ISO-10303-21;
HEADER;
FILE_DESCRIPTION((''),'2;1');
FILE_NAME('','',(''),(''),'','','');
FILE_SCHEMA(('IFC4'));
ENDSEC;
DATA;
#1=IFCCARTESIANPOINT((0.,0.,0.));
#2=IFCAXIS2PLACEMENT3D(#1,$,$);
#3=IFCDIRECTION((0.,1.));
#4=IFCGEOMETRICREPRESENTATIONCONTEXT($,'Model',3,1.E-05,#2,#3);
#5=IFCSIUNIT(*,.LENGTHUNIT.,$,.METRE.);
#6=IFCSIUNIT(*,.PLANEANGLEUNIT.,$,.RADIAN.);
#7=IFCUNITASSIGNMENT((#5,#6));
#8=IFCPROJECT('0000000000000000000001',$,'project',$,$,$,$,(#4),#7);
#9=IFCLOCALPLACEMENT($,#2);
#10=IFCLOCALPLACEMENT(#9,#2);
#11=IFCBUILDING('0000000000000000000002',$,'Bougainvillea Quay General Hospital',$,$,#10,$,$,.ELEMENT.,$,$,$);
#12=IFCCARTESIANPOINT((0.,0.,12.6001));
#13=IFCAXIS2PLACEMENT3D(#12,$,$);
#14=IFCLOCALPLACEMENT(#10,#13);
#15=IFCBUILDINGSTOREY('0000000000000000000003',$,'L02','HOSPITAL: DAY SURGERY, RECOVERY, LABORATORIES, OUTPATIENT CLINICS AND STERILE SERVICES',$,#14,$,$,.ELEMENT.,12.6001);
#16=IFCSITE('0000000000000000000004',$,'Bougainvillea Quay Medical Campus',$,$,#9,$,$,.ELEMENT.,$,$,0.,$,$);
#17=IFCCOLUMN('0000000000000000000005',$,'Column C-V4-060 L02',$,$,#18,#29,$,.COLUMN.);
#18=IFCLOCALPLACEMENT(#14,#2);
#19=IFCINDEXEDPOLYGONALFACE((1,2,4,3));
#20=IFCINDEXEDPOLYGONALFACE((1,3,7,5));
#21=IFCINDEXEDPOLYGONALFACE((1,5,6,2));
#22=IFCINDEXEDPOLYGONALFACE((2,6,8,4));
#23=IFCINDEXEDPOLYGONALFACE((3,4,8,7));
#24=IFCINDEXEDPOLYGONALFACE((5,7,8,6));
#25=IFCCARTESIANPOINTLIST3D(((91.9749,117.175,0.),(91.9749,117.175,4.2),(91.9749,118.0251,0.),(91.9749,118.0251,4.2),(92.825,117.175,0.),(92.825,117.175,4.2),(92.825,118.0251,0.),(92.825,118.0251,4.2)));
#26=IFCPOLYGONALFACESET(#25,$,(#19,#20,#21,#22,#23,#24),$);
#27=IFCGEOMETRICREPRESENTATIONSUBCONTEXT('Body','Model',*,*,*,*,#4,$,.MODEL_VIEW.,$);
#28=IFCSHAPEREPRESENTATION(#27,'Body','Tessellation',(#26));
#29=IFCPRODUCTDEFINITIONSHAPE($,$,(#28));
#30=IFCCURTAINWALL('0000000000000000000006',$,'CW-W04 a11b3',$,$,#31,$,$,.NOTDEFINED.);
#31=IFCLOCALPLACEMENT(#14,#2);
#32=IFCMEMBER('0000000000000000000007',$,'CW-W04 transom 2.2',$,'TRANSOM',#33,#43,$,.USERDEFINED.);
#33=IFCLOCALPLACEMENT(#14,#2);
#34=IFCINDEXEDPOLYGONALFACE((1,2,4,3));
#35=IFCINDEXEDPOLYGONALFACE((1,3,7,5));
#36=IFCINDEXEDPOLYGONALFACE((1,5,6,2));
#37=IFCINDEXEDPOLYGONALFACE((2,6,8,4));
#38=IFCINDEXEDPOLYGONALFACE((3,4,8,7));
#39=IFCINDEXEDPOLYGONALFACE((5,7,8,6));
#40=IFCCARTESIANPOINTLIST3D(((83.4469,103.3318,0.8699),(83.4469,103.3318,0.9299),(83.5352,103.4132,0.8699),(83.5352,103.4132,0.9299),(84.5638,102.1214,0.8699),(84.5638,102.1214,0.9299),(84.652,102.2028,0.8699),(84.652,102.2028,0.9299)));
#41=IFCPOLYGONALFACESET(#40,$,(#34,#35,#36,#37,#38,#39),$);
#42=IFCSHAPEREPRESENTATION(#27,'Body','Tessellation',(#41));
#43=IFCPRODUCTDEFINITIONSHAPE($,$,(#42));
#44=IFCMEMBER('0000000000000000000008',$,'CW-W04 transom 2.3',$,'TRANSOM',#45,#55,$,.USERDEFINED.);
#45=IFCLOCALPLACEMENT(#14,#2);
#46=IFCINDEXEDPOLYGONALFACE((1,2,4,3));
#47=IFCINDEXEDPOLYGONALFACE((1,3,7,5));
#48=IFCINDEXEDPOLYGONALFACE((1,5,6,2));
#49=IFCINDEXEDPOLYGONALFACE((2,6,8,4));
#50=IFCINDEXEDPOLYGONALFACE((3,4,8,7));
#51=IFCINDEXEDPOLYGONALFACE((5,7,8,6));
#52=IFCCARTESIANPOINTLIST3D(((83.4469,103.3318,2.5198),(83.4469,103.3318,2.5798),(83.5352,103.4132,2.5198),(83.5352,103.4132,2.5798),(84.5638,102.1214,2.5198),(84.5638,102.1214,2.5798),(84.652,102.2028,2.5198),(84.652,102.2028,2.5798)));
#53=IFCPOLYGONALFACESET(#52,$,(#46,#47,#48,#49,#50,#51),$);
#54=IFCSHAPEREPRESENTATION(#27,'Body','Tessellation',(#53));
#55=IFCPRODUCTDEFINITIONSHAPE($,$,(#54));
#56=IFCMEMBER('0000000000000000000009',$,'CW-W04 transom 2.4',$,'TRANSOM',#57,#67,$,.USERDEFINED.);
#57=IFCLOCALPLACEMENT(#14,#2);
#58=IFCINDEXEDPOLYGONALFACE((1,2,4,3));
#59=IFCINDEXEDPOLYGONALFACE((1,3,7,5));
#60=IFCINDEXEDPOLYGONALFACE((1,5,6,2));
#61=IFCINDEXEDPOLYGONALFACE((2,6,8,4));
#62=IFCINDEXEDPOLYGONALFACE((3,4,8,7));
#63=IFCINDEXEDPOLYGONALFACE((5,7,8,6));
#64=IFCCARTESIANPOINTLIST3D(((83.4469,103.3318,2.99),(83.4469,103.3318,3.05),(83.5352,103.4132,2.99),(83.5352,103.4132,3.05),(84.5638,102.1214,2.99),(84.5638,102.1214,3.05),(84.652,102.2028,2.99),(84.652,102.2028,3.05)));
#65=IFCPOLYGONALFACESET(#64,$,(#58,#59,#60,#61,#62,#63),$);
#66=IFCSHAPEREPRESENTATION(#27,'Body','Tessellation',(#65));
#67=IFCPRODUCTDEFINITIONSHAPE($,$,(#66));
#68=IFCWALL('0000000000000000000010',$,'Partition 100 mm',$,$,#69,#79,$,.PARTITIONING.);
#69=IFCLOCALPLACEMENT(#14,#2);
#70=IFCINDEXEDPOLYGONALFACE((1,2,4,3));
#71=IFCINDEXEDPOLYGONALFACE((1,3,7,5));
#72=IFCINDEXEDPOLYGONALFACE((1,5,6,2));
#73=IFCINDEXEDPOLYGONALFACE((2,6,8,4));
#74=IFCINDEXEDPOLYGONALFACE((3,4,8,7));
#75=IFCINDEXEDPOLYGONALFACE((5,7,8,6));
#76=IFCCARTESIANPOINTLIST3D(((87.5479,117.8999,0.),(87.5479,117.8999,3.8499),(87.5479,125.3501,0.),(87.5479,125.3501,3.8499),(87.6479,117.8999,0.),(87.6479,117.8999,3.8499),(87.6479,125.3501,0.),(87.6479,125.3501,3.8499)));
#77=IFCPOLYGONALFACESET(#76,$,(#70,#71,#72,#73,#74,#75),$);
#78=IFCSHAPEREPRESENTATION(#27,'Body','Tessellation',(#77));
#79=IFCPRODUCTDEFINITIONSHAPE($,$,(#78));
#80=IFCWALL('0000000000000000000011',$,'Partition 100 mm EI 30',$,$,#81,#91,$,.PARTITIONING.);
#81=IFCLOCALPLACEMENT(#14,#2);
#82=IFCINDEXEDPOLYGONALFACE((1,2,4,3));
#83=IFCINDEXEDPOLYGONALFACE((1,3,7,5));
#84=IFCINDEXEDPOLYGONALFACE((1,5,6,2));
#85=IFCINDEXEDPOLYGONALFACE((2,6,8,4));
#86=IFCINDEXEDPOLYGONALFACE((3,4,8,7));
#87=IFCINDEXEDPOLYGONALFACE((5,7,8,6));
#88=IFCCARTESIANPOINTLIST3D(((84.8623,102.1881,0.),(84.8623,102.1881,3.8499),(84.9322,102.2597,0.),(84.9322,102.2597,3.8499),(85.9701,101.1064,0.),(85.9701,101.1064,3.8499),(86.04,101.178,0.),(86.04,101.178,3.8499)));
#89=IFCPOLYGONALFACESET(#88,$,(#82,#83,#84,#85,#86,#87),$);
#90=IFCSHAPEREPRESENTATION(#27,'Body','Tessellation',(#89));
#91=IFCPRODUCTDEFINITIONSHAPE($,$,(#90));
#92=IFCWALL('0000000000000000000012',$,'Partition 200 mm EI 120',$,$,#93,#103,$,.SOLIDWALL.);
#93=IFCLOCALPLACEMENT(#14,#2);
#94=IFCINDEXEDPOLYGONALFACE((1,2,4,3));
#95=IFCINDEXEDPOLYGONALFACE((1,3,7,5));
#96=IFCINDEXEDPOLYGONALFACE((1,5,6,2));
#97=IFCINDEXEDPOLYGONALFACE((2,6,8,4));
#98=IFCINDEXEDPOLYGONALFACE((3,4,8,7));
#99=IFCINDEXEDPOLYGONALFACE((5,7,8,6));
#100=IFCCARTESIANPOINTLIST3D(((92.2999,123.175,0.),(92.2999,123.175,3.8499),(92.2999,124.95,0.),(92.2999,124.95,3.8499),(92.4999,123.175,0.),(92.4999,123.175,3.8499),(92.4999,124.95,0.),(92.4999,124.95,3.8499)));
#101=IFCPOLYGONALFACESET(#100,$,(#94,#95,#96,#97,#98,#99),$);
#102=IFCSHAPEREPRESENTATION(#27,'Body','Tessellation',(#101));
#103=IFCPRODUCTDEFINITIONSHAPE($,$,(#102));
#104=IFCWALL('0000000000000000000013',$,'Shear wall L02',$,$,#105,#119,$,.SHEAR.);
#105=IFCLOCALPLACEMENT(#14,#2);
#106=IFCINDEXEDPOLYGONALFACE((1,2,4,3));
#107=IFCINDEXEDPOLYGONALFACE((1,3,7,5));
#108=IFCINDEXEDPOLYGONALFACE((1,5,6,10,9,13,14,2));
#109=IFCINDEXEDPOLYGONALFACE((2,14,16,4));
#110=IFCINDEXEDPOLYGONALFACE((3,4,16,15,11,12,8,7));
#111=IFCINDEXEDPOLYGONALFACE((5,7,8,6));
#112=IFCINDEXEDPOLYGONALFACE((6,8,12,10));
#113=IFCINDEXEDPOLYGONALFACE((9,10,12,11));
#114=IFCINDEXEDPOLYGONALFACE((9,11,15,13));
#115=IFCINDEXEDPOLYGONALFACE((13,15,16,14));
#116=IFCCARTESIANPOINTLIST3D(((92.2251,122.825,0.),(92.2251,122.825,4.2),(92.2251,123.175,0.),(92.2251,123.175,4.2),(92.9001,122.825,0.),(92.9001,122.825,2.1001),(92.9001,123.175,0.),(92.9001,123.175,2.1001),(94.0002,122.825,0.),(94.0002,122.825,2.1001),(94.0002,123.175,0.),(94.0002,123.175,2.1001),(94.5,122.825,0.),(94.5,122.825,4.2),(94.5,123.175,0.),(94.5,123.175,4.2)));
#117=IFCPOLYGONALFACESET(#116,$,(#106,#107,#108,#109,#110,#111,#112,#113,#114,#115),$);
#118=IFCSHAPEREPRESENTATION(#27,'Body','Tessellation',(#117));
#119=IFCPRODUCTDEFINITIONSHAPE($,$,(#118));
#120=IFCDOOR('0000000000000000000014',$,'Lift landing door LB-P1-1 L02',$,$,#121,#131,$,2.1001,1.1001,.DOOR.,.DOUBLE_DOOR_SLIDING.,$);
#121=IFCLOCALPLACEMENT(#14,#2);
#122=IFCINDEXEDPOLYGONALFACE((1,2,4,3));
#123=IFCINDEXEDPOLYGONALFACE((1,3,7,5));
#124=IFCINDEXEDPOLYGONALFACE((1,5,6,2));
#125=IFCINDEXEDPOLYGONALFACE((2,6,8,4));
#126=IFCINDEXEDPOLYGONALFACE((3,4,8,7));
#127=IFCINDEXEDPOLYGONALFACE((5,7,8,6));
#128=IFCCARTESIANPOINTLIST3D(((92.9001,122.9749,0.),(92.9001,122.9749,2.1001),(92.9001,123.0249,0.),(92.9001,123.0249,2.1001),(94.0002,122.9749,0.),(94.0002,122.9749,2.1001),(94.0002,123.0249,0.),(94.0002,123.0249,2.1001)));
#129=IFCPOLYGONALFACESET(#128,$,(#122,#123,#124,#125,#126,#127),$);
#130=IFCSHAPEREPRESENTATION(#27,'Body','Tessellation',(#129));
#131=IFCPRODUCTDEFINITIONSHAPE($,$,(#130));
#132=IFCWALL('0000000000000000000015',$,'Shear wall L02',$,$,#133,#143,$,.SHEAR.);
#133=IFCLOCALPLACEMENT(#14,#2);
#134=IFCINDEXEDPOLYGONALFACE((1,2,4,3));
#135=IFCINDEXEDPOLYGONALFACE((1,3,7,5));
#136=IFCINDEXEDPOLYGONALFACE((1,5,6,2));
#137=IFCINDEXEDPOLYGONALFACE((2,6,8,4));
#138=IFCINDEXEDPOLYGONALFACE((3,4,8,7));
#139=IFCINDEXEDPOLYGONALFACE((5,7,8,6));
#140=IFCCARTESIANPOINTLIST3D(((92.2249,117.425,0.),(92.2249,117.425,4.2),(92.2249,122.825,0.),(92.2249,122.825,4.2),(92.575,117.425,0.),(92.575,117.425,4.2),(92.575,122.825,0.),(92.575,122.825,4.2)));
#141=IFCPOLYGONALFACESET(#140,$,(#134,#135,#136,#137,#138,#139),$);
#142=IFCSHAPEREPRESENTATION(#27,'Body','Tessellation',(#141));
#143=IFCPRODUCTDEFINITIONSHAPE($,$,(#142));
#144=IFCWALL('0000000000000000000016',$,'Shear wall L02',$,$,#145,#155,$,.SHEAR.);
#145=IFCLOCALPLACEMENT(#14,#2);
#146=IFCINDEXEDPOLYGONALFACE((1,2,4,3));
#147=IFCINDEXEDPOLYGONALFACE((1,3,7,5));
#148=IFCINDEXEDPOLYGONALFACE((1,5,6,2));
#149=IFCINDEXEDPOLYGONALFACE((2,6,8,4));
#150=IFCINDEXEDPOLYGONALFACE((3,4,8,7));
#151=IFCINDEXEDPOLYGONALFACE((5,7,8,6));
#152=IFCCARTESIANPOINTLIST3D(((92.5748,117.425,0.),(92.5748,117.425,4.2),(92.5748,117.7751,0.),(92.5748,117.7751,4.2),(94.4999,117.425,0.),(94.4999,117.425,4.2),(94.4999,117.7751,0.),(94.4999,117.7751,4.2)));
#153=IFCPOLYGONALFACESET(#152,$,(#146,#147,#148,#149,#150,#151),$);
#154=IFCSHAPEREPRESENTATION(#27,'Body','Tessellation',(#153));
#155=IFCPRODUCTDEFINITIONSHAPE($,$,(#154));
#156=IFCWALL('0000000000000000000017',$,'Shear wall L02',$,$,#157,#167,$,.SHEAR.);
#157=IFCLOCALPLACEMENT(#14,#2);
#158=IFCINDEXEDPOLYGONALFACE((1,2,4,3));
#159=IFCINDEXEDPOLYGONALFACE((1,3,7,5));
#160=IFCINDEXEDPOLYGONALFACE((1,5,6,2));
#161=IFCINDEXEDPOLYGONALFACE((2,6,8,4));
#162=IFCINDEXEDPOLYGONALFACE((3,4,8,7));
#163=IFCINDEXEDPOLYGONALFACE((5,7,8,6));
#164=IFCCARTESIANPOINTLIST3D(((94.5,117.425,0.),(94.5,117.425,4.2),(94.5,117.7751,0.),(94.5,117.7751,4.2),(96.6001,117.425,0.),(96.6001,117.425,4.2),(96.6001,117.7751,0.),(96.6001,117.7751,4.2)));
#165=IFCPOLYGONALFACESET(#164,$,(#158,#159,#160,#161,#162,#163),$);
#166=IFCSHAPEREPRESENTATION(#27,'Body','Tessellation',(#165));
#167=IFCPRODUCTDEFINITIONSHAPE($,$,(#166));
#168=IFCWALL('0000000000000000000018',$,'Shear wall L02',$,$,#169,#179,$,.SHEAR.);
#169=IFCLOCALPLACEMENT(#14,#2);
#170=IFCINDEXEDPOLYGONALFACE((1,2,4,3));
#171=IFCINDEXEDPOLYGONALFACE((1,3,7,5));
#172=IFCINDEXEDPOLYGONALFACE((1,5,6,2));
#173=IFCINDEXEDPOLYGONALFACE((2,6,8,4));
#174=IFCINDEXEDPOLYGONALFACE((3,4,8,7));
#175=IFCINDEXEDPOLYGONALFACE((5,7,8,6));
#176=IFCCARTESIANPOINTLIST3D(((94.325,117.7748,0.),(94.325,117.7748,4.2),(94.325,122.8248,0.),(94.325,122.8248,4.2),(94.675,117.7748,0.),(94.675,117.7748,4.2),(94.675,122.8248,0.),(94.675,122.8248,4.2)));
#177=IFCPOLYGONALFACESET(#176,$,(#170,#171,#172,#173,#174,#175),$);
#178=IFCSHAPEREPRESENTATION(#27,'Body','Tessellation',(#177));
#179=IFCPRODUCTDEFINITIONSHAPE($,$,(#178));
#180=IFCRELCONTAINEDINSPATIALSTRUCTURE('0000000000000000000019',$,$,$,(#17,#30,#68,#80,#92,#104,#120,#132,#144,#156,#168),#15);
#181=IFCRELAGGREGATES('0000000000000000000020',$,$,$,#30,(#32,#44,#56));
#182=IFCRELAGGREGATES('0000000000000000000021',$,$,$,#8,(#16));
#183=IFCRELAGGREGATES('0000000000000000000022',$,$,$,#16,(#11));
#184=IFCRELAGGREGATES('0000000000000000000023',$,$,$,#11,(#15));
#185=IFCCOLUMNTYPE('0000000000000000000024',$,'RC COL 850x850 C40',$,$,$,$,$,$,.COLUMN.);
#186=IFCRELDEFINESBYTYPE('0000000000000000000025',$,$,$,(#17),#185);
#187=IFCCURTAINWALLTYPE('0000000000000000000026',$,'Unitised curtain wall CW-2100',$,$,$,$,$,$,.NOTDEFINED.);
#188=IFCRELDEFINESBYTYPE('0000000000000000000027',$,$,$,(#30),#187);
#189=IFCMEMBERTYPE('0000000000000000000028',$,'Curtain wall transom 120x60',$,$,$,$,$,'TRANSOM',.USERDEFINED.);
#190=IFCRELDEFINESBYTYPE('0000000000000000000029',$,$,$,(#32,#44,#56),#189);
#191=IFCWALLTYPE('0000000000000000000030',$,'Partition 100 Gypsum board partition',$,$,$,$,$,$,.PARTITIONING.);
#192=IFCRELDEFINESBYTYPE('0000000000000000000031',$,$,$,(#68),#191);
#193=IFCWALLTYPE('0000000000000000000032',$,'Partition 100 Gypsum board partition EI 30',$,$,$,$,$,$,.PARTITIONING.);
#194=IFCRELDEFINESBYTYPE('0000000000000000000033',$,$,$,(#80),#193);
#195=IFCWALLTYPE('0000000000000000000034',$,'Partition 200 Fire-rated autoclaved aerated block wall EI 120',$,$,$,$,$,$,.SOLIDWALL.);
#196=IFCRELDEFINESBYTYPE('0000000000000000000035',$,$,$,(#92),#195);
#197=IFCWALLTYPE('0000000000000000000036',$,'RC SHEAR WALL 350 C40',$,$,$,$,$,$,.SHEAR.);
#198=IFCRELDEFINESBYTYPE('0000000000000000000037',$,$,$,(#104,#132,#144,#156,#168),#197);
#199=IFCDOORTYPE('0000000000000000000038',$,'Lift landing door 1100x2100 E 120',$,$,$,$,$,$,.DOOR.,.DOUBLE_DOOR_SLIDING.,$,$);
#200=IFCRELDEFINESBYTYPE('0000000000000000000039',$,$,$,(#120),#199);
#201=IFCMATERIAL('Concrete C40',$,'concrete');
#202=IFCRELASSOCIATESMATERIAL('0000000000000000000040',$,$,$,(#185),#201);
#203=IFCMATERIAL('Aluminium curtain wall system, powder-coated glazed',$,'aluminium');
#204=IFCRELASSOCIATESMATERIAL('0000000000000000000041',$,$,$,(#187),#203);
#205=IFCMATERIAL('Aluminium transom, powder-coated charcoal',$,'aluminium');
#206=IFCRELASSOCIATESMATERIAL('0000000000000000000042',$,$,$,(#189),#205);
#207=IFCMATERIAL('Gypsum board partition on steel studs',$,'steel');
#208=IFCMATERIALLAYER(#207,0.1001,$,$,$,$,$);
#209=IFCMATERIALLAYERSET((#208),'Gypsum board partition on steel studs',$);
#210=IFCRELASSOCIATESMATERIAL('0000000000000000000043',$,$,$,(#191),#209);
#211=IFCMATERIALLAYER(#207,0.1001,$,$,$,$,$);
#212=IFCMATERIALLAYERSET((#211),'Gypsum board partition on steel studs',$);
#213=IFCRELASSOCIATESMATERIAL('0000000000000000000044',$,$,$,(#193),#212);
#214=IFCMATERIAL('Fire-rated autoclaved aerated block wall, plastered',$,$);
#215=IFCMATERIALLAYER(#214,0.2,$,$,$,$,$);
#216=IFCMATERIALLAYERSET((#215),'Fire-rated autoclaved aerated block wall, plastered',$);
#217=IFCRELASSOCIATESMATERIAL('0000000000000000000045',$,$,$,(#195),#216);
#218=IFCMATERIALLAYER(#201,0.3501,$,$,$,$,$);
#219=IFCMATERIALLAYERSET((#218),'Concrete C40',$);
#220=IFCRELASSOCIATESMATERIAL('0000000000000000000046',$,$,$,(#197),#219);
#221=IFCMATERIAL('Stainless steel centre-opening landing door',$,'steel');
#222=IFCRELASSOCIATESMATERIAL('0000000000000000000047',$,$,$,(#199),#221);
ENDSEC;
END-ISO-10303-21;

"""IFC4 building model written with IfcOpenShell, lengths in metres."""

from ifc_helpers import new_model, si_unit, direction, frame, frame_2d, origin, origin_2d, place, context, subcontext, project, spatial, rectangle, extrude, material, layer, layer_set, material_profile, profile_set, type_object, element, fill, aggregate, save


model = new_model("IFC4")

# Units and contexts
model_context = context("Model", 3, precision=1e-05, world=origin(), true_north=direction((0.0, 1.0)))
body_context = subcontext(model_context, "Body", "Model", "MODEL_VIEW")
ifc_project = project(units=[si_unit("LENGTHUNIT", "METRE"), si_unit("PLANEANGLEUNIT", "RADIAN")], contexts=[model_context])

# Site, building, storey
site_placement = place(None, origin())
site = spatial("IfcSite", under=ifc_project, at=site_placement, Name="Bougainvillea Quay Medical Campus", CompositionType="ELEMENT", RefElevation=0.0)
building_placement = place(site_placement, origin())
building = spatial("IfcBuilding", under=site, at=building_placement, Name="Bougainvillea Quay General Hospital", CompositionType="ELEMENT")
storey_placement = place(building_placement, frame((0.0, 0.0, 12.6001)))
storey = spatial("IfcBuildingStorey", under=building, at=storey_placement, Name="L02", Description="HOSPITAL: DAY SURGERY, RECOVERY, LABORATORIES, OUTPATIENT CLINICS AND STERILE SERVICES", CompositionType="ELEMENT", Elevation=12.6001)

# Column
ifc_material_1 = material(Name="Concrete C40", Category="concrete")
ifc_material_profile_1 = material_profile(ifc_material_1, rectangle(XDim=0.8501, YDim=0.8501, at=origin_2d()))
ifc_profile_set_1 = profile_set([ifc_material_profile_1], Name="Concrete C40")
column_type = type_object("IfcColumnType", Name="RC COL 850x850 C40", PredefinedType="COLUMN", material=ifc_profile_set_1)
column_placement = place(storey_placement, frame((92.3999, 117.6001, 0.0), z_axis=(0.0, 0.0, 1.0), x_axis=(1.0, 0.0, 0.0)))
element("IfcColumn", 1, at=column_placement, inside=storey, type_object=column_type, Name="Column C-V4-060 L02", PredefinedType="COLUMN", context=body_context, shape_type="SweptSolid", body=[
    extrude(rectangle(XDim=0.8501, YDim=0.8501, at=origin_2d()), origin(), (0.0, 0.0, 1.0), 4.2),
])

# Curtain wall, members
ifc_material_2 = material(Name="Aluminium curtain wall system, powder-coated glazed", Category="aluminium")
curtain_wall_type = type_object("IfcCurtainWallType", Name="Unitised curtain wall CW-2100", PredefinedType="NOTDEFINED", material=ifc_material_2)
curtain_wall_placement = place(storey_placement, origin())
curtain_wall = element("IfcCurtainWall", 2, at=curtain_wall_placement, inside=storey, type_object=curtain_wall_type, Name="CW-W04 a11b3", PredefinedType="NOTDEFINED")
ifc_material_3 = material(Name="Aluminium transom, powder-coated charcoal", Category="aluminium")
ifc_material_profile_2 = material_profile(ifc_material_3, rectangle(XDim=0.1201, YDim=0.0601, at=origin_2d()))
ifc_profile_set_2 = profile_set([ifc_material_profile_2], Name="Aluminium transom, powder-coated charcoal")
member_type = type_object("IfcMemberType", Name="Curtain wall transom 120x60", ElementType="TRANSOM", PredefinedType="USERDEFINED", material=ifc_profile_set_2)
member_1_placement = place(storey_placement, frame((84.6079, 102.1621, 0.8999), z_axis=(-0.678151, 0.734923, 0.0), x_axis=(-0.734923, -0.678151, 0.0)))
member_1 = element("IfcMember", 3, at=member_1_placement, type_object=member_type, Name="CW-W04 transom 2.2", ObjectType="TRANSOM", PredefinedType="USERDEFINED", context=body_context, shape_type="SweptSolid", body=[
    extrude(rectangle(XDim=0.1201, YDim=0.0601, at=origin_2d()), origin(), (0.0, 0.0, 1.0), 1.647),
])
member_2_placement = place(storey_placement, frame((84.6079, 102.1621, 2.5498), z_axis=(-0.678151, 0.734923, 0.0), x_axis=(-0.734923, -0.678151, 0.0)))
member_2 = element("IfcMember", 4, at=member_2_placement, type_object=member_type, Name="CW-W04 transom 2.3", ObjectType="TRANSOM", PredefinedType="USERDEFINED", context=body_context, shape_type="SweptSolid", body=[
    extrude(rectangle(XDim=0.1201, YDim=0.0601, at=origin_2d()), origin(), (0.0, 0.0, 1.0), 1.647),
])
member_3_placement = place(storey_placement, frame((84.6079, 102.1621, 3.02), z_axis=(-0.678151, 0.734923, 0.0), x_axis=(-0.734923, -0.678151, 0.0)))
member_3 = element("IfcMember", 5, at=member_3_placement, type_object=member_type, Name="CW-W04 transom 2.4", ObjectType="TRANSOM", PredefinedType="USERDEFINED", context=body_context, shape_type="SweptSolid", body=[
    extrude(rectangle(XDim=0.1201, YDim=0.0601, at=origin_2d()), origin(), (0.0, 0.0, 1.0), 1.647),
])
aggregate(curtain_wall, [member_1, member_2, member_3])

# Walls
ifc_material_4 = material(Name="Gypsum board partition on steel studs", Category="steel")
ifc_layer_1 = layer(ifc_material_4, 0.1001)
ifc_layer_set_1 = layer_set([ifc_layer_1], Name="Gypsum board partition on steel studs")
wall_type_1 = type_object("IfcWallType", Name="Partition 100 Gypsum board partition", PredefinedType="PARTITIONING", material=ifc_layer_set_1)
wall_1_placement = place(storey_placement, frame((87.5979, 117.8999, 0.0), z_axis=(0.0, 0.0, 1.0), x_axis=(0.0, 1.0, 0.0)))
element("IfcWall", 6, at=wall_1_placement, inside=storey, type_object=wall_type_1, Name="Partition 100 mm", PredefinedType="PARTITIONING", context=body_context, shape_type="SweptSolid", body=[
    extrude(rectangle(XDim=7.4502, YDim=0.1001, at=frame_2d((3.7251, 0.0))), origin(), (0.0, 0.0, 1.0), 3.8499),
])
ifc_layer_2 = layer(ifc_material_4, 0.1001)
ifc_layer_set_2 = layer_set([ifc_layer_2], Name="Gypsum board partition on steel studs")
wall_type_2 = type_object("IfcWallType", Name="Partition 100 Gypsum board partition EI 30", PredefinedType="PARTITIONING", material=ifc_layer_set_2)
wall_2_placement = place(storey_placement, frame((84.8972, 102.2239, 0.0), z_axis=(0.0, 0.0, 1.0), x_axis=(0.715492, -0.698621, 0.0)))
element("IfcWall", 7, at=wall_2_placement, inside=storey, type_object=wall_type_2, Name="Partition 100 mm EI 30", PredefinedType="PARTITIONING", context=body_context, shape_type="SweptSolid", body=[
    extrude(rectangle(XDim=1.5483, YDim=0.1001, at=frame_2d((0.7742, 0.0))), origin(), (0.0, 0.0, 1.0), 3.8499),
])
ifc_material_5 = material(Name="Fire-rated autoclaved aerated block wall, plastered")
ifc_layer_3 = layer(ifc_material_5, 0.2)
ifc_layer_set_3 = layer_set([ifc_layer_3], Name="Fire-rated autoclaved aerated block wall, plastered")
wall_type_3 = type_object("IfcWallType", Name="Partition 200 Fire-rated autoclaved aerated block wall EI 120", PredefinedType="SOLIDWALL", material=ifc_layer_set_3)
wall_3_placement = place(storey_placement, frame((92.3999, 123.175, 0.0), z_axis=(0.0, 0.0, 1.0), x_axis=(0.0, 1.0, 0.0)))
element("IfcWall", 8, at=wall_3_placement, inside=storey, type_object=wall_type_3, Name="Partition 200 mm EI 120", PredefinedType="SOLIDWALL", context=body_context, shape_type="SweptSolid", body=[
    extrude(rectangle(XDim=1.7749, YDim=0.2, at=frame_2d((0.8875, 0.0))), origin(), (0.0, 0.0, 1.0), 3.8499),
])

# Wall, opening, door
ifc_layer_4 = layer(ifc_material_1, 0.3501)
ifc_layer_set_4 = layer_set([ifc_layer_4], Name="Concrete C40")
wall_type_4 = type_object("IfcWallType", Name="RC SHEAR WALL 350 C40", PredefinedType="SHEAR", material=ifc_layer_set_4)
wall_4_placement = place(storey_placement, frame((92.2251, 123.0, 0.0), z_axis=(0.0, 0.0, 1.0), x_axis=(1.0, 0.0, 0.0)))
wall_4 = element("IfcWall", 9, at=wall_4_placement, inside=storey, type_object=wall_type_4, Name="Shear wall L02", PredefinedType="SHEAR", context=body_context, shape_type="SweptSolid", body=[
    extrude(rectangle(XDim=2.2749, YDim=0.3501, at=frame_2d((1.1375, 0.0))), origin(), (0.0, 0.0, 1.0), 4.2),
])
opening_1_placement = place(wall_4_placement, frame((0.675, 0.0, 0.0)))
opening_1 = element("IfcOpeningElement", 10, at=opening_1_placement, cuts=wall_4, PredefinedType="OPENING", context=body_context, shape_type="SweptSolid", body=[
    extrude(rectangle(XDim=1.1001, YDim=2.1001, at=frame_2d((0.55, 1.05))), frame((0.0, 0.1851, 0.0), z_axis=(0.0, -1.0, 0.0), x_axis=(1.0, 0.0, 0.0)), (0.0, 0.0, 1.0), 0.3701),
])
ifc_material_6 = material(Name="Stainless steel centre-opening landing door", Category="steel")
door_type = type_object("IfcDoorType", Name="Lift landing door 1100x2100 E 120", OperationType="DOUBLE_DOOR_SLIDING", PredefinedType="DOOR", material=ifc_material_6)
door_1_placement = place(opening_1_placement, origin())
door_1 = element("IfcDoor", 11, at=door_1_placement, inside=storey, type_object=door_type, Name="Lift landing door LB-P1-1 L02", OperationType="DOUBLE_DOOR_SLIDING", OverallHeight=2.1001, OverallWidth=1.1001, PredefinedType="DOOR", context=body_context, shape_type="SweptSolid", body=[
    extrude(rectangle(XDim=1.1001, YDim=2.1001, at=frame_2d((0.55, 1.05))), frame((0.0, 0.0249, 0.0), z_axis=(0.0, -1.0, 0.0), x_axis=(1.0, 0.0, 0.0)), (0.0, 0.0, 1.0), 0.05),
])
fill(opening_1, door_1)

# Walls
wall_5_placement = place(storey_placement, frame((92.3999, 117.425, 0.0), z_axis=(0.0, 0.0, 1.0), x_axis=(0.0, 1.0, 0.0)))
element("IfcWall", 12, at=wall_5_placement, inside=storey, type_object=wall_type_4, Name="Shear wall L02", PredefinedType="SHEAR", context=body_context, shape_type="SweptSolid", body=[
    extrude(rectangle(XDim=5.3999, YDim=0.3501, at=frame_2d((2.7, 0.0))), origin(), (0.0, 0.0, 1.0), 4.2),
])
wall_6_placement = place(storey_placement, frame((92.575, 117.6001, 0.0), z_axis=(0.0, 0.0, 1.0), x_axis=(1.0, 0.0, 0.0)))
element("IfcWall", 13, at=wall_6_placement, inside=storey, type_object=wall_type_4, Name="Shear wall L02", PredefinedType="SHEAR", context=body_context, shape_type="SweptSolid", body=[
    extrude(rectangle(XDim=1.925, YDim=0.3501, at=frame_2d((0.9624, 0.0))), origin(), (0.0, 0.0, 1.0), 4.2),
])
wall_7_placement = place(storey_placement, frame((94.5, 117.6001, 0.0), z_axis=(0.0, 0.0, 1.0), x_axis=(1.0, 0.0, 0.0)))
element("IfcWall", 14, at=wall_7_placement, inside=storey, type_object=wall_type_4, Name="Shear wall L02", PredefinedType="SHEAR", context=body_context, shape_type="SweptSolid", body=[
    extrude(rectangle(XDim=2.1001, YDim=0.3501, at=frame_2d((1.05, 0.0))), origin(), (0.0, 0.0, 1.0), 4.2),
])
wall_8_placement = place(storey_placement, frame((94.5, 117.7749, 0.0), z_axis=(0.0, 0.0, 1.0), x_axis=(0.0, 1.0, 0.0)))
element("IfcWall", 15, at=wall_8_placement, inside=storey, type_object=wall_type_4, Name="Shear wall L02", PredefinedType="SHEAR", context=body_context, shape_type="SweptSolid", body=[
    extrude(rectangle(XDim=5.05, YDim=0.3501, at=frame_2d((2.5249, 0.0))), origin(), (0.0, 0.0, 1.0), 4.2),
])

save(model, "model.ifc")
